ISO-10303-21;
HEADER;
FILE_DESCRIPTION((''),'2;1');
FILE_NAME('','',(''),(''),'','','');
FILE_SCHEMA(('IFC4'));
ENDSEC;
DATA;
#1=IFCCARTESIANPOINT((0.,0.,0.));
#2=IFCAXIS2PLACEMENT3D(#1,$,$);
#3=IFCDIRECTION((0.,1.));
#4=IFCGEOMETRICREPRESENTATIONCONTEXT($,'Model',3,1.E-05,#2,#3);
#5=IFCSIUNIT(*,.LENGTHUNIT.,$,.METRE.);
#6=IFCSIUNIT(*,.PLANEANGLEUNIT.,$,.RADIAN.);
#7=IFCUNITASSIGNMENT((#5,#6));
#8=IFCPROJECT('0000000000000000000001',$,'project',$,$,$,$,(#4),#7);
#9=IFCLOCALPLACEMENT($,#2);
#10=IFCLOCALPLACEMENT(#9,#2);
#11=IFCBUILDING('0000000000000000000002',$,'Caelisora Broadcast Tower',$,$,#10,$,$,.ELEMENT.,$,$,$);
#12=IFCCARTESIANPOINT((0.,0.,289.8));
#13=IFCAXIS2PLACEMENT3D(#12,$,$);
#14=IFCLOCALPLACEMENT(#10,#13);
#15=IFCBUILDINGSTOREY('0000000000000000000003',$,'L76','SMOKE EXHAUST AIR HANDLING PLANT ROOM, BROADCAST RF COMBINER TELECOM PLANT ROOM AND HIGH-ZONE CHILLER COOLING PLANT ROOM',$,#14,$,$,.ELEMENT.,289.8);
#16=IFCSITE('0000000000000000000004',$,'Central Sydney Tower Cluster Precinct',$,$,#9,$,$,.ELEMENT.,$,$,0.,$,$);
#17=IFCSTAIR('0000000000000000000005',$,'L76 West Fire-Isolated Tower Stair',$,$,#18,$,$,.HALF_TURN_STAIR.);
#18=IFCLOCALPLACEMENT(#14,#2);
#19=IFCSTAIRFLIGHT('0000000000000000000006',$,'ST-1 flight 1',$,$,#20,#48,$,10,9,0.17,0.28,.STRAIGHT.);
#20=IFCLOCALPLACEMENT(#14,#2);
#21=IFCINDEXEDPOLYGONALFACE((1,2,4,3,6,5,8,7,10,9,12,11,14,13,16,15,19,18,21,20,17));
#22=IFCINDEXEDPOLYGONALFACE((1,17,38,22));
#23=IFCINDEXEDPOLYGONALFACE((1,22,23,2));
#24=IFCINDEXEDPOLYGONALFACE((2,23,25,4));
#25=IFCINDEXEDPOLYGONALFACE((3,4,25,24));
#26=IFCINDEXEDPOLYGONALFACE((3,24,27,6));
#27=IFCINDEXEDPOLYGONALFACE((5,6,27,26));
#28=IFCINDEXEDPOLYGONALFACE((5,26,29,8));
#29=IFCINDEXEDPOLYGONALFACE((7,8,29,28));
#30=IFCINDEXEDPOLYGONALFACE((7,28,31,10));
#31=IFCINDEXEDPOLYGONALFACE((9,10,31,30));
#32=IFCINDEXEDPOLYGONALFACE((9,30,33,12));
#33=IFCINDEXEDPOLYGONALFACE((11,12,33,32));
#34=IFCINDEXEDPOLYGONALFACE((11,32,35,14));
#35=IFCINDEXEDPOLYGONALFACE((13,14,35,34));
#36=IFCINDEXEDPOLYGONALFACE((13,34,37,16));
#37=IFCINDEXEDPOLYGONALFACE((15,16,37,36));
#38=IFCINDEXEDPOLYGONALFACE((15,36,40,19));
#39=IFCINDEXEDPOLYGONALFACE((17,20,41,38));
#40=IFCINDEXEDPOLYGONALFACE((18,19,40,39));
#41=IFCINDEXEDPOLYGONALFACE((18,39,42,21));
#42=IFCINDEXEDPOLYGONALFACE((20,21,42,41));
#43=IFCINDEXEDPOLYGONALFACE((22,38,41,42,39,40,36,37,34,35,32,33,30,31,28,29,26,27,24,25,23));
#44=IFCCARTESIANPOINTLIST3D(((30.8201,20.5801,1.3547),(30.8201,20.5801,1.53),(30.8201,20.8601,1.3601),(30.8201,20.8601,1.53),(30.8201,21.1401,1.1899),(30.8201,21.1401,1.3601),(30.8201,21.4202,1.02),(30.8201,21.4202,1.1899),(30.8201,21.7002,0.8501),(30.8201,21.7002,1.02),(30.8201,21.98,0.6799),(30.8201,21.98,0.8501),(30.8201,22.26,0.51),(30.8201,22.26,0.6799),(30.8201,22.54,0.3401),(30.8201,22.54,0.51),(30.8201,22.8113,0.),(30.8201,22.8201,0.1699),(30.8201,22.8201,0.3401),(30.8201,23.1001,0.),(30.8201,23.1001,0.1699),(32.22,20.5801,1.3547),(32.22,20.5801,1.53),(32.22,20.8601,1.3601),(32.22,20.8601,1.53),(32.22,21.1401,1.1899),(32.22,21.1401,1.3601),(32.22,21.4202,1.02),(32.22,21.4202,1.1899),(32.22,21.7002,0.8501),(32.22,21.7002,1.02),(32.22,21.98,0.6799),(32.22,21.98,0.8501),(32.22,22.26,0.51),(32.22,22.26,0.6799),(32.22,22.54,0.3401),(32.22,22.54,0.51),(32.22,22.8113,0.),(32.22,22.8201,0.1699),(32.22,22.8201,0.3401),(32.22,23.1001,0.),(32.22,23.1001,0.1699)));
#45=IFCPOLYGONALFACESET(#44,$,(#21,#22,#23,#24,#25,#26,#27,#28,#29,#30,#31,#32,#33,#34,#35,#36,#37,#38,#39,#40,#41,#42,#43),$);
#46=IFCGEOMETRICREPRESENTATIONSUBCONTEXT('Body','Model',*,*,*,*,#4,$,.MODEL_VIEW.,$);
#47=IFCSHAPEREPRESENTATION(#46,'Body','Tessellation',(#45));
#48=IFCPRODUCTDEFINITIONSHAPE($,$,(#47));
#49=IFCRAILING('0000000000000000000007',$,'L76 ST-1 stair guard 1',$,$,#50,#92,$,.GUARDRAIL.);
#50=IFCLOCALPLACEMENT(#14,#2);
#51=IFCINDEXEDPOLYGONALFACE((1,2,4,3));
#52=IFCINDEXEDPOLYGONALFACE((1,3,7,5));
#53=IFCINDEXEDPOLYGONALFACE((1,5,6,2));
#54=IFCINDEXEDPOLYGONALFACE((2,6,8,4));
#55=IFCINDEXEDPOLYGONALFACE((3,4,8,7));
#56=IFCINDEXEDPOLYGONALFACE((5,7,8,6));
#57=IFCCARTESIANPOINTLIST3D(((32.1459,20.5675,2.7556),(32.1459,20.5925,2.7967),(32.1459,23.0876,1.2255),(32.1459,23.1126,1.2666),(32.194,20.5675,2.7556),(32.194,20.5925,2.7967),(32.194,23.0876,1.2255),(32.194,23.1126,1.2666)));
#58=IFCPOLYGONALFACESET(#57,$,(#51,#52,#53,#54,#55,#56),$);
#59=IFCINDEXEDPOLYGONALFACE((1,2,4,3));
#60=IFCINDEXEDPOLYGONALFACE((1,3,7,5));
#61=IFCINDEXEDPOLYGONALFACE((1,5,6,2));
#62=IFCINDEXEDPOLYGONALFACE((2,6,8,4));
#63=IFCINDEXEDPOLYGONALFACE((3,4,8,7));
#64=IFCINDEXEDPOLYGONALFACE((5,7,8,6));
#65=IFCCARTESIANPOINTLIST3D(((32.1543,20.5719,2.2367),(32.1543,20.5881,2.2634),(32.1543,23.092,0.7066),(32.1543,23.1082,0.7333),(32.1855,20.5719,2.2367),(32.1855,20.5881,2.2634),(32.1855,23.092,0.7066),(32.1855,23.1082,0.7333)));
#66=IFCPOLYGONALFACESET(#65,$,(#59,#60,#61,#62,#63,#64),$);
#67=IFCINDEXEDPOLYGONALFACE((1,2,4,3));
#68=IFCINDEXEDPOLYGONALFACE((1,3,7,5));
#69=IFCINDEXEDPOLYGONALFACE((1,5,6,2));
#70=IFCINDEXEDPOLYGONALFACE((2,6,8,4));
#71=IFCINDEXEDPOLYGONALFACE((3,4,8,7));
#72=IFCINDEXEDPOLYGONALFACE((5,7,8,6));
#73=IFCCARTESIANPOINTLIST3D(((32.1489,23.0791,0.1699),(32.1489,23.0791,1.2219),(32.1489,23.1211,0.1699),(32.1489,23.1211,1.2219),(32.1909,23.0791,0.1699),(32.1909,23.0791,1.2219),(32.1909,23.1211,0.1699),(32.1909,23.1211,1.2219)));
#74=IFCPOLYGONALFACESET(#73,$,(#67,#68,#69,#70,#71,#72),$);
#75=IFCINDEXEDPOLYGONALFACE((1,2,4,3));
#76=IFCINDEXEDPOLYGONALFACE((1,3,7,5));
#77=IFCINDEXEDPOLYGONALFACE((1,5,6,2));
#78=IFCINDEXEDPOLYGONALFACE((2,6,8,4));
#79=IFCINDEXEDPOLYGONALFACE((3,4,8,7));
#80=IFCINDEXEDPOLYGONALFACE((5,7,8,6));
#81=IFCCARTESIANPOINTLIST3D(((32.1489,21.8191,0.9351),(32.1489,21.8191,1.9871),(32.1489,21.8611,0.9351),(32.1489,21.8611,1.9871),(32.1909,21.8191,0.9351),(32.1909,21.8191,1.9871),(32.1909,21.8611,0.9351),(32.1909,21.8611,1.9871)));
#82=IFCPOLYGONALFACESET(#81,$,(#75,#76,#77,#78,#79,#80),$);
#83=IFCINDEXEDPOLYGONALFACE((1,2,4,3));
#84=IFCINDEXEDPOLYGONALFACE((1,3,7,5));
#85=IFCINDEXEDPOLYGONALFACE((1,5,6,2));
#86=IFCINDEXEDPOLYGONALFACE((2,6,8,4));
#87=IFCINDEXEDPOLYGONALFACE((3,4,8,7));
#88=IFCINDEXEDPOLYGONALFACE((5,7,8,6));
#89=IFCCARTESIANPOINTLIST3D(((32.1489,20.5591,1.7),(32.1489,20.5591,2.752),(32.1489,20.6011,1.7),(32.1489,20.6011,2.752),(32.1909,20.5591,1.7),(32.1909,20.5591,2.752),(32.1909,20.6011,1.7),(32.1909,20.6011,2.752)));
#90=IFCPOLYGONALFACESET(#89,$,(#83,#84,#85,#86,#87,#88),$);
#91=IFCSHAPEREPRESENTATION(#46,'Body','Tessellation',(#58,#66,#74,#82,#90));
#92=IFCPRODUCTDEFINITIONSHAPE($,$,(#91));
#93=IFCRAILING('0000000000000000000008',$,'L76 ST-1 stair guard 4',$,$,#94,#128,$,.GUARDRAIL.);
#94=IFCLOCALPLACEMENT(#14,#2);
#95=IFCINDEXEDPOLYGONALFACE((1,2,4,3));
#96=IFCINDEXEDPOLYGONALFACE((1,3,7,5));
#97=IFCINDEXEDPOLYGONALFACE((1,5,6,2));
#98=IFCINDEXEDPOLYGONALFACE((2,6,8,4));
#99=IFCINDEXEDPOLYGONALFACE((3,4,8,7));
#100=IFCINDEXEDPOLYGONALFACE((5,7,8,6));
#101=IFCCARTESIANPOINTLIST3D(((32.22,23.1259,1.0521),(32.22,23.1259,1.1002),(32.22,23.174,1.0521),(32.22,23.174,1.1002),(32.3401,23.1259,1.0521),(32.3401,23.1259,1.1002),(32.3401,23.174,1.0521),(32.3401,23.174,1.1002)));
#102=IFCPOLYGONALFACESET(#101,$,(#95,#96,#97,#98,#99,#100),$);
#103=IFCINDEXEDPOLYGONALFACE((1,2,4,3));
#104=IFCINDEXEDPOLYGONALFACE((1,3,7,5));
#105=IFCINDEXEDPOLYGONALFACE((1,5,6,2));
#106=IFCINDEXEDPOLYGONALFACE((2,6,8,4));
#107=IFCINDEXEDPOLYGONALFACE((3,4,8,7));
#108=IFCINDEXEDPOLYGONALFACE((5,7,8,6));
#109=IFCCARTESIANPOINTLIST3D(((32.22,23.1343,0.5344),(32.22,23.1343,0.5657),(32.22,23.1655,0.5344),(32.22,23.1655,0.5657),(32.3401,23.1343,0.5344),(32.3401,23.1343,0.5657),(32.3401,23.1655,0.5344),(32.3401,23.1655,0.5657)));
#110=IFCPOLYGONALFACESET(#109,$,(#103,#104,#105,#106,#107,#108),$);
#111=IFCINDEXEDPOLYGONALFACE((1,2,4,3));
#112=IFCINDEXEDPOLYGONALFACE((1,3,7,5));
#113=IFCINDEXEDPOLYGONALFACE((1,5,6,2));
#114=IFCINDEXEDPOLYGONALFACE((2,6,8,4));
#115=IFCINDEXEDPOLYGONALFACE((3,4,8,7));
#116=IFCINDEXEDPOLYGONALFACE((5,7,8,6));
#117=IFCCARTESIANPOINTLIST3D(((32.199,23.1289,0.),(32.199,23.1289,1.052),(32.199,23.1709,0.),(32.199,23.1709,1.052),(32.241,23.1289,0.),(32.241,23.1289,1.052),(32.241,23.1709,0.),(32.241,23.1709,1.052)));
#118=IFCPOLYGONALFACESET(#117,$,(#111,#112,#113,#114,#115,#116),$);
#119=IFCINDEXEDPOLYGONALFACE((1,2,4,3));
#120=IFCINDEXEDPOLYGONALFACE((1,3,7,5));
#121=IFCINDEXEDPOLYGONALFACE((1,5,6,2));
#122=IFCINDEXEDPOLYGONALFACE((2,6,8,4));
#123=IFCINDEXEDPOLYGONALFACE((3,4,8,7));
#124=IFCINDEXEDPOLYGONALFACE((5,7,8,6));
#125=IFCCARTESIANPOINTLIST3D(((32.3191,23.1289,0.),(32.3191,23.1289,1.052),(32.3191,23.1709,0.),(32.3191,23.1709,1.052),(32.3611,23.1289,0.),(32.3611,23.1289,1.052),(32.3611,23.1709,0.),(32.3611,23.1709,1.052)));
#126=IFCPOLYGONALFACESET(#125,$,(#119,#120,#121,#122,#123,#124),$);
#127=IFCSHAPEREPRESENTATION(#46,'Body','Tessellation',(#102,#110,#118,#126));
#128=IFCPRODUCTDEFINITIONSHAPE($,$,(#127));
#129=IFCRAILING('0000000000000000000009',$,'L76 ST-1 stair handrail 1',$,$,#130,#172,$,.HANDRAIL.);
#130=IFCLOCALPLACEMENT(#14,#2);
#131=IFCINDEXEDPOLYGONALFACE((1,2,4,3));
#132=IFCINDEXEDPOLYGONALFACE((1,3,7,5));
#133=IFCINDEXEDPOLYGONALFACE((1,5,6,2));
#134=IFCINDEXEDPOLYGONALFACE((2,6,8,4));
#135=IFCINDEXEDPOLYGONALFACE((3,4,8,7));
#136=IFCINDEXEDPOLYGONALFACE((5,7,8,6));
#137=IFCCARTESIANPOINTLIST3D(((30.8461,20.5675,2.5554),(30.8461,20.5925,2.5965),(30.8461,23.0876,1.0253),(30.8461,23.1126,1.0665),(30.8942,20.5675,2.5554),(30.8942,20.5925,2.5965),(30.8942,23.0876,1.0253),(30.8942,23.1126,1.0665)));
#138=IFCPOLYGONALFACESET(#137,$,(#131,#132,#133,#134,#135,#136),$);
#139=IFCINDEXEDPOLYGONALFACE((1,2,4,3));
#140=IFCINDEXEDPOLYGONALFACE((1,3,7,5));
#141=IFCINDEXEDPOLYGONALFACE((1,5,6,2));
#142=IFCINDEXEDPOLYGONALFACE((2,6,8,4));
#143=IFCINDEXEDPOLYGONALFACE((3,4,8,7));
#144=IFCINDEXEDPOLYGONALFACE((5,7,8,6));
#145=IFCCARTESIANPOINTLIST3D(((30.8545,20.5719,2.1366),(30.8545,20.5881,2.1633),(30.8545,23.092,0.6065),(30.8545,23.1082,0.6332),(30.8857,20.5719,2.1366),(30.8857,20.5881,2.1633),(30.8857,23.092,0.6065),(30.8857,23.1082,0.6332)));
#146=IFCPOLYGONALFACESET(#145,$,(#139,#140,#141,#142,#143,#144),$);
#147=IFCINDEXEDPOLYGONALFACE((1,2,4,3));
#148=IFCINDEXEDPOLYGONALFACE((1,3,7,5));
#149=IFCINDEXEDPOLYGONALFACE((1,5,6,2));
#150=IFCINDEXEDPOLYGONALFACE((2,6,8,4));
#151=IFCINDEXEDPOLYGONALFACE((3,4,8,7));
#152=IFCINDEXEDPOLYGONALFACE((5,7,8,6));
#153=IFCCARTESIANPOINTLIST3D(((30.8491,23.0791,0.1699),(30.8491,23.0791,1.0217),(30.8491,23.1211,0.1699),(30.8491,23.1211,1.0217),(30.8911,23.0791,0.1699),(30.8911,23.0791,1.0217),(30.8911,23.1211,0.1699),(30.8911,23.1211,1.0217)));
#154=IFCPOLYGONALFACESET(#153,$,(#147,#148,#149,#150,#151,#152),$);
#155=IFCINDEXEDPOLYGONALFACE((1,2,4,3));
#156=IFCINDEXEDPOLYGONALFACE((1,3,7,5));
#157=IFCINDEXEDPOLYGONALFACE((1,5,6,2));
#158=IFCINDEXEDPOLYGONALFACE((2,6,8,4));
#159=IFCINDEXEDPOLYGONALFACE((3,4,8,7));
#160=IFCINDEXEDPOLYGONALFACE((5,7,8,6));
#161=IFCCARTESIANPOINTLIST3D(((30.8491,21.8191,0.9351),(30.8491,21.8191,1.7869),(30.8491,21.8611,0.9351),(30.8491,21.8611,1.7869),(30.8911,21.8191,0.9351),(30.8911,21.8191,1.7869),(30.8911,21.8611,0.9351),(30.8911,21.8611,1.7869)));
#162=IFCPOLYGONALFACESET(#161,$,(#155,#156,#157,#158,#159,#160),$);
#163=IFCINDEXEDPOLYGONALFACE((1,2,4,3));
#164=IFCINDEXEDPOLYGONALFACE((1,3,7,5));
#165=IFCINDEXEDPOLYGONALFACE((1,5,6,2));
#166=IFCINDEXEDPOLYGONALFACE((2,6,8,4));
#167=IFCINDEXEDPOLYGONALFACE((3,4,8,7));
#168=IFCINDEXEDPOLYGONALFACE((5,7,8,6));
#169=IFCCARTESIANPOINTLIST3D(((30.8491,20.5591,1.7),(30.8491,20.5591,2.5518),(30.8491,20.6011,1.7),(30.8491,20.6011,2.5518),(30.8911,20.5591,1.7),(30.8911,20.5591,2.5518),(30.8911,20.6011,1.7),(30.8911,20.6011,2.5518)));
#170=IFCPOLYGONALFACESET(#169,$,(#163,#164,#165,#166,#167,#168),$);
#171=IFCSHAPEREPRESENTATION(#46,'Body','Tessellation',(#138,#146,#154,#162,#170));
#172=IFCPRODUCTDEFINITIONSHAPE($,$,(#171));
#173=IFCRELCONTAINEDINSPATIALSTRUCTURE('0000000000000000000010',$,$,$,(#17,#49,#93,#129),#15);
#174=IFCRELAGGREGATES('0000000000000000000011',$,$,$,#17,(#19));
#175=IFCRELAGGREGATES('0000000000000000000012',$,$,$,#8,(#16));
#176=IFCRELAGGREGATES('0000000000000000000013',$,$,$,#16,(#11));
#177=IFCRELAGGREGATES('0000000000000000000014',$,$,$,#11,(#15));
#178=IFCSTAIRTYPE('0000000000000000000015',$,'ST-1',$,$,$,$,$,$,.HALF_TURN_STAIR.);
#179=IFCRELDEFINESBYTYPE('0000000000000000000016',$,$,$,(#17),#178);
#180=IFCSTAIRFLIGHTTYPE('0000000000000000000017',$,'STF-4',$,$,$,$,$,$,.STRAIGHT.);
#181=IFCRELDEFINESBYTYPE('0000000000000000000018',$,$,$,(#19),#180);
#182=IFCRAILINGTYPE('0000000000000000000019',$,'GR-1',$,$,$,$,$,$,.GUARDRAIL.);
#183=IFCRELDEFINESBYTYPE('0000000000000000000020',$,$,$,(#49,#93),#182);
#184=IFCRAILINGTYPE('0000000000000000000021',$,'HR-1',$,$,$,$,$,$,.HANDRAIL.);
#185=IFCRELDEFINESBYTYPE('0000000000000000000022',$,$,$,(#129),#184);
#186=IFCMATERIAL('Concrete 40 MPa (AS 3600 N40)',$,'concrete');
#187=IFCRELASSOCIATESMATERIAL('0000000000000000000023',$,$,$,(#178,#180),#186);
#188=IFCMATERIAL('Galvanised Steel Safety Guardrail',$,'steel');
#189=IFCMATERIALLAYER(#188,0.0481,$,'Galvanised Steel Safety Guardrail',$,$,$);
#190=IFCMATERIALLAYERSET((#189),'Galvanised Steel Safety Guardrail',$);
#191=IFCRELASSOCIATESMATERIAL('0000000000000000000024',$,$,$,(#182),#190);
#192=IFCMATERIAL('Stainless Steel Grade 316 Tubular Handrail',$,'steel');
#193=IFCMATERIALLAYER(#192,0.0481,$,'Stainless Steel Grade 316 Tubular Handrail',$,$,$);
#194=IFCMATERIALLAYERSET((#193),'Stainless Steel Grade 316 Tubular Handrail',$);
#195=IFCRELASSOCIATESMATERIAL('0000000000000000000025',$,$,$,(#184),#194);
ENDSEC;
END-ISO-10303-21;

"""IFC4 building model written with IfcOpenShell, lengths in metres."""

from ifc_helpers import new_model, si_unit, direction, frame, origin, origin_2d, place, context, subcontext, project, spatial, polyline, rectangle, outline, extrude, material, layer, layer_set, type_object, element, aggregate, save


model = new_model("IFC4")

# Units and contexts
model_context = context("Model", 3, precision=1e-05, world=origin(), true_north=direction((0.0, 1.0)))
body_context = subcontext(model_context, "Body", "Model", "MODEL_VIEW")
ifc_project = project(units=[si_unit("LENGTHUNIT", "METRE"), si_unit("PLANEANGLEUNIT", "RADIAN")], contexts=[model_context])

# Site, building, storey
site_placement = place(None, origin())
site = spatial("IfcSite", under=ifc_project, at=site_placement, Name="Central Sydney Tower Cluster Precinct", CompositionType="ELEMENT", RefElevation=0.0)
building_placement = place(site_placement, origin())
building = spatial("IfcBuilding", under=site, at=building_placement, Name="Caelisora Broadcast Tower", CompositionType="ELEMENT")
storey_placement = place(building_placement, frame((0.0, 0.0, 289.8)))
storey = spatial("IfcBuildingStorey", under=building, at=storey_placement, Name="L76", Description="SMOKE EXHAUST AIR HANDLING PLANT ROOM, BROADCAST RF COMBINER TELECOM PLANT ROOM AND HIGH-ZONE CHILLER COOLING PLANT ROOM", CompositionType="ELEMENT", Elevation=289.8)

# Shared definitions
ifc_material_1 = material(Name="Concrete 40 MPa (AS 3600 N40)", Category="concrete")

# Stair, stair flight
stair_type = type_object("IfcStairType", Name="ST-1", PredefinedType="HALF_TURN_STAIR", material=ifc_material_1)
stair_placement = place(storey_placement, origin())
stair = element("IfcStair", 1, at=stair_placement, inside=storey, type_object=stair_type, Name="L76 West Fire-Isolated Tower Stair", PredefinedType="HALF_TURN_STAIR")
stair_flight_type = type_object("IfcStairFlightType", Name="STF-4", PredefinedType="STRAIGHT", material=ifc_material_1)
stair_flight_placement = place(storey_placement, frame((31.52, 23.1001, 0.0), z_axis=(0.0, 0.0, 1.0), x_axis=(0.0, -1.0, 0.0)))
stair_flight = element("IfcStairFlight", 2, at=stair_flight_placement, type_object=stair_flight_type, Name="ST-1 flight 1", NumberOfRisers=10, NumberOfTreads=9, PredefinedType="STRAIGHT", RiserHeight=0.17, TreadLength=0.28, context=body_context, shape_type="SweptSolid", body=[
    extrude(outline(polyline([(0.0, 0.0), (0.0, 0.1699), (0.28, 0.1699), (0.28, 0.3401), (0.5601, 0.3401), (0.5601, 0.51), (0.8401, 0.51), (0.8401, 0.6799), (1.1201, 0.6799), (1.1201, 0.8501), (1.3999, 0.8501), (1.3999, 1.02), (1.6799, 1.02), (1.6799, 1.1899), (1.96, 1.1899), (1.96, 1.3601), (2.24, 1.3601), (2.24, 1.53), (2.52, 1.53), (2.52, 1.7), (2.52, 1.3547), (0.2888, 0.0), (0.0, 0.0)])), frame((0.0, 0.7, 0.0), z_axis=(0.0, -1.0, 0.0), x_axis=(1.0, 0.0, 0.0)), (0.0, 0.0, 1.0), 1.3999),
])
aggregate(stair, [stair_flight])

# Railings
ifc_material_2 = material(Name="Galvanised Steel Safety Guardrail", Category="steel")
ifc_layer_1 = layer(ifc_material_2, 0.0481, Name="Galvanised Steel Safety Guardrail")
ifc_layer_set_1 = layer_set([ifc_layer_1], Name="Galvanised Steel Safety Guardrail")
railing_type_1 = type_object("IfcRailingType", Name="GR-1", PredefinedType="GUARDRAIL", material=ifc_layer_set_1)
railing_1_placement = place(storey_placement, frame((32.1699, 23.1001, 0.1699)))
element("IfcRailing", 3, at=railing_1_placement, inside=storey, type_object=railing_type_1, Name="L76 ST-1 stair guard 1", PredefinedType="GUARDRAIL", context=body_context, shape_type="SweptSolid", body=[
    extrude(rectangle(XDim=0.0481, YDim=0.0481, at=origin_2d()), frame((0.0, 0.0, 1.0762), z_axis=(0.0, -0.854785, 0.518982), x_axis=(1.0, 0.0, 0.0)), (0.0, 0.0, 1.0), 2.9482),
    extrude(rectangle(XDim=0.0312, YDim=0.0312, at=origin_2d()), frame((0.0, 0.0, 0.55), z_axis=(0.0, -0.854785, 0.518982), x_axis=(1.0, 0.0, 0.0)), (0.0, 0.0, 1.0), 2.9482),
    extrude(rectangle(XDim=0.042, YDim=0.042, at=origin_2d()), origin(), (0.0, 0.0, 1.0), 1.052),
    extrude(rectangle(XDim=0.042, YDim=0.042, at=origin_2d()), frame((0.0, -1.26, 0.7651)), (0.0, 0.0, 1.0), 1.052),
    extrude(rectangle(XDim=0.042, YDim=0.042, at=origin_2d()), frame((0.0, -2.52, 1.53)), (0.0, 0.0, 1.0), 1.052),
])
railing_2_placement = place(storey_placement, frame((32.22, 23.1499, 0.0)))
element("IfcRailing", 4, at=railing_2_placement, inside=storey, type_object=railing_type_1, Name="L76 ST-1 stair guard 4", PredefinedType="GUARDRAIL", context=body_context, shape_type="SweptSolid", body=[
    extrude(rectangle(XDim=0.0481, YDim=0.0481, at=origin_2d()), frame((0.0, 0.0, 1.0762), z_axis=(1.0, 0.0, 0.0), x_axis=(0.0, 1.0, 0.0)), (0.0, 0.0, 1.0), 0.1201),
    extrude(rectangle(XDim=0.0312, YDim=0.0312, at=origin_2d()), frame((0.0, 0.0, 0.55), z_axis=(1.0, 0.0, 0.0), x_axis=(0.0, 1.0, 0.0)), (0.0, 0.0, 1.0), 0.1201),
    extrude(rectangle(XDim=0.042, YDim=0.042, at=origin_2d()), origin(), (0.0, 0.0, 1.0), 1.052),
    extrude(rectangle(XDim=0.042, YDim=0.042, at=origin_2d()), frame((0.1201, 0.0, 0.0)), (0.0, 0.0, 1.0), 1.052),
])
ifc_material_3 = material(Name="Stainless Steel Grade 316 Tubular Handrail", Category="steel")
ifc_layer_2 = layer(ifc_material_3, 0.0481, Name="Stainless Steel Grade 316 Tubular Handrail")
ifc_layer_set_2 = layer_set([ifc_layer_2], Name="Stainless Steel Grade 316 Tubular Handrail")
railing_type_2 = type_object("IfcRailingType", Name="HR-1", PredefinedType="HANDRAIL", material=ifc_layer_set_2)
railing_3_placement = place(storey_placement, frame((30.8701, 23.1001, 0.1699)))
element("IfcRailing", 5, at=railing_3_placement, inside=storey, type_object=railing_type_2, Name="L76 ST-1 stair handrail 1", PredefinedType="HANDRAIL", context=body_context, shape_type="SweptSolid", body=[
    extrude(rectangle(XDim=0.0481, YDim=0.0481, at=origin_2d()), frame((0.0, 0.0, 0.876), z_axis=(0.0, -0.854785, 0.518982), x_axis=(1.0, 0.0, 0.0)), (0.0, 0.0, 1.0), 2.9482),
    extrude(rectangle(XDim=0.0312, YDim=0.0312, at=origin_2d()), frame((0.0, 0.0, 0.45), z_axis=(0.0, -0.854785, 0.518982), x_axis=(1.0, 0.0, 0.0)), (0.0, 0.0, 1.0), 2.9482),
    extrude(rectangle(XDim=0.042, YDim=0.042, at=origin_2d()), origin(), (0.0, 0.0, 1.0), 0.8518),
    extrude(rectangle(XDim=0.042, YDim=0.042, at=origin_2d()), frame((0.0, -1.26, 0.7651)), (0.0, 0.0, 1.0), 0.8518),
    extrude(rectangle(XDim=0.042, YDim=0.042, at=origin_2d()), frame((0.0, -2.52, 1.53)), (0.0, 0.0, 1.0), 0.8518),
])

save(model, "model.ifc")
